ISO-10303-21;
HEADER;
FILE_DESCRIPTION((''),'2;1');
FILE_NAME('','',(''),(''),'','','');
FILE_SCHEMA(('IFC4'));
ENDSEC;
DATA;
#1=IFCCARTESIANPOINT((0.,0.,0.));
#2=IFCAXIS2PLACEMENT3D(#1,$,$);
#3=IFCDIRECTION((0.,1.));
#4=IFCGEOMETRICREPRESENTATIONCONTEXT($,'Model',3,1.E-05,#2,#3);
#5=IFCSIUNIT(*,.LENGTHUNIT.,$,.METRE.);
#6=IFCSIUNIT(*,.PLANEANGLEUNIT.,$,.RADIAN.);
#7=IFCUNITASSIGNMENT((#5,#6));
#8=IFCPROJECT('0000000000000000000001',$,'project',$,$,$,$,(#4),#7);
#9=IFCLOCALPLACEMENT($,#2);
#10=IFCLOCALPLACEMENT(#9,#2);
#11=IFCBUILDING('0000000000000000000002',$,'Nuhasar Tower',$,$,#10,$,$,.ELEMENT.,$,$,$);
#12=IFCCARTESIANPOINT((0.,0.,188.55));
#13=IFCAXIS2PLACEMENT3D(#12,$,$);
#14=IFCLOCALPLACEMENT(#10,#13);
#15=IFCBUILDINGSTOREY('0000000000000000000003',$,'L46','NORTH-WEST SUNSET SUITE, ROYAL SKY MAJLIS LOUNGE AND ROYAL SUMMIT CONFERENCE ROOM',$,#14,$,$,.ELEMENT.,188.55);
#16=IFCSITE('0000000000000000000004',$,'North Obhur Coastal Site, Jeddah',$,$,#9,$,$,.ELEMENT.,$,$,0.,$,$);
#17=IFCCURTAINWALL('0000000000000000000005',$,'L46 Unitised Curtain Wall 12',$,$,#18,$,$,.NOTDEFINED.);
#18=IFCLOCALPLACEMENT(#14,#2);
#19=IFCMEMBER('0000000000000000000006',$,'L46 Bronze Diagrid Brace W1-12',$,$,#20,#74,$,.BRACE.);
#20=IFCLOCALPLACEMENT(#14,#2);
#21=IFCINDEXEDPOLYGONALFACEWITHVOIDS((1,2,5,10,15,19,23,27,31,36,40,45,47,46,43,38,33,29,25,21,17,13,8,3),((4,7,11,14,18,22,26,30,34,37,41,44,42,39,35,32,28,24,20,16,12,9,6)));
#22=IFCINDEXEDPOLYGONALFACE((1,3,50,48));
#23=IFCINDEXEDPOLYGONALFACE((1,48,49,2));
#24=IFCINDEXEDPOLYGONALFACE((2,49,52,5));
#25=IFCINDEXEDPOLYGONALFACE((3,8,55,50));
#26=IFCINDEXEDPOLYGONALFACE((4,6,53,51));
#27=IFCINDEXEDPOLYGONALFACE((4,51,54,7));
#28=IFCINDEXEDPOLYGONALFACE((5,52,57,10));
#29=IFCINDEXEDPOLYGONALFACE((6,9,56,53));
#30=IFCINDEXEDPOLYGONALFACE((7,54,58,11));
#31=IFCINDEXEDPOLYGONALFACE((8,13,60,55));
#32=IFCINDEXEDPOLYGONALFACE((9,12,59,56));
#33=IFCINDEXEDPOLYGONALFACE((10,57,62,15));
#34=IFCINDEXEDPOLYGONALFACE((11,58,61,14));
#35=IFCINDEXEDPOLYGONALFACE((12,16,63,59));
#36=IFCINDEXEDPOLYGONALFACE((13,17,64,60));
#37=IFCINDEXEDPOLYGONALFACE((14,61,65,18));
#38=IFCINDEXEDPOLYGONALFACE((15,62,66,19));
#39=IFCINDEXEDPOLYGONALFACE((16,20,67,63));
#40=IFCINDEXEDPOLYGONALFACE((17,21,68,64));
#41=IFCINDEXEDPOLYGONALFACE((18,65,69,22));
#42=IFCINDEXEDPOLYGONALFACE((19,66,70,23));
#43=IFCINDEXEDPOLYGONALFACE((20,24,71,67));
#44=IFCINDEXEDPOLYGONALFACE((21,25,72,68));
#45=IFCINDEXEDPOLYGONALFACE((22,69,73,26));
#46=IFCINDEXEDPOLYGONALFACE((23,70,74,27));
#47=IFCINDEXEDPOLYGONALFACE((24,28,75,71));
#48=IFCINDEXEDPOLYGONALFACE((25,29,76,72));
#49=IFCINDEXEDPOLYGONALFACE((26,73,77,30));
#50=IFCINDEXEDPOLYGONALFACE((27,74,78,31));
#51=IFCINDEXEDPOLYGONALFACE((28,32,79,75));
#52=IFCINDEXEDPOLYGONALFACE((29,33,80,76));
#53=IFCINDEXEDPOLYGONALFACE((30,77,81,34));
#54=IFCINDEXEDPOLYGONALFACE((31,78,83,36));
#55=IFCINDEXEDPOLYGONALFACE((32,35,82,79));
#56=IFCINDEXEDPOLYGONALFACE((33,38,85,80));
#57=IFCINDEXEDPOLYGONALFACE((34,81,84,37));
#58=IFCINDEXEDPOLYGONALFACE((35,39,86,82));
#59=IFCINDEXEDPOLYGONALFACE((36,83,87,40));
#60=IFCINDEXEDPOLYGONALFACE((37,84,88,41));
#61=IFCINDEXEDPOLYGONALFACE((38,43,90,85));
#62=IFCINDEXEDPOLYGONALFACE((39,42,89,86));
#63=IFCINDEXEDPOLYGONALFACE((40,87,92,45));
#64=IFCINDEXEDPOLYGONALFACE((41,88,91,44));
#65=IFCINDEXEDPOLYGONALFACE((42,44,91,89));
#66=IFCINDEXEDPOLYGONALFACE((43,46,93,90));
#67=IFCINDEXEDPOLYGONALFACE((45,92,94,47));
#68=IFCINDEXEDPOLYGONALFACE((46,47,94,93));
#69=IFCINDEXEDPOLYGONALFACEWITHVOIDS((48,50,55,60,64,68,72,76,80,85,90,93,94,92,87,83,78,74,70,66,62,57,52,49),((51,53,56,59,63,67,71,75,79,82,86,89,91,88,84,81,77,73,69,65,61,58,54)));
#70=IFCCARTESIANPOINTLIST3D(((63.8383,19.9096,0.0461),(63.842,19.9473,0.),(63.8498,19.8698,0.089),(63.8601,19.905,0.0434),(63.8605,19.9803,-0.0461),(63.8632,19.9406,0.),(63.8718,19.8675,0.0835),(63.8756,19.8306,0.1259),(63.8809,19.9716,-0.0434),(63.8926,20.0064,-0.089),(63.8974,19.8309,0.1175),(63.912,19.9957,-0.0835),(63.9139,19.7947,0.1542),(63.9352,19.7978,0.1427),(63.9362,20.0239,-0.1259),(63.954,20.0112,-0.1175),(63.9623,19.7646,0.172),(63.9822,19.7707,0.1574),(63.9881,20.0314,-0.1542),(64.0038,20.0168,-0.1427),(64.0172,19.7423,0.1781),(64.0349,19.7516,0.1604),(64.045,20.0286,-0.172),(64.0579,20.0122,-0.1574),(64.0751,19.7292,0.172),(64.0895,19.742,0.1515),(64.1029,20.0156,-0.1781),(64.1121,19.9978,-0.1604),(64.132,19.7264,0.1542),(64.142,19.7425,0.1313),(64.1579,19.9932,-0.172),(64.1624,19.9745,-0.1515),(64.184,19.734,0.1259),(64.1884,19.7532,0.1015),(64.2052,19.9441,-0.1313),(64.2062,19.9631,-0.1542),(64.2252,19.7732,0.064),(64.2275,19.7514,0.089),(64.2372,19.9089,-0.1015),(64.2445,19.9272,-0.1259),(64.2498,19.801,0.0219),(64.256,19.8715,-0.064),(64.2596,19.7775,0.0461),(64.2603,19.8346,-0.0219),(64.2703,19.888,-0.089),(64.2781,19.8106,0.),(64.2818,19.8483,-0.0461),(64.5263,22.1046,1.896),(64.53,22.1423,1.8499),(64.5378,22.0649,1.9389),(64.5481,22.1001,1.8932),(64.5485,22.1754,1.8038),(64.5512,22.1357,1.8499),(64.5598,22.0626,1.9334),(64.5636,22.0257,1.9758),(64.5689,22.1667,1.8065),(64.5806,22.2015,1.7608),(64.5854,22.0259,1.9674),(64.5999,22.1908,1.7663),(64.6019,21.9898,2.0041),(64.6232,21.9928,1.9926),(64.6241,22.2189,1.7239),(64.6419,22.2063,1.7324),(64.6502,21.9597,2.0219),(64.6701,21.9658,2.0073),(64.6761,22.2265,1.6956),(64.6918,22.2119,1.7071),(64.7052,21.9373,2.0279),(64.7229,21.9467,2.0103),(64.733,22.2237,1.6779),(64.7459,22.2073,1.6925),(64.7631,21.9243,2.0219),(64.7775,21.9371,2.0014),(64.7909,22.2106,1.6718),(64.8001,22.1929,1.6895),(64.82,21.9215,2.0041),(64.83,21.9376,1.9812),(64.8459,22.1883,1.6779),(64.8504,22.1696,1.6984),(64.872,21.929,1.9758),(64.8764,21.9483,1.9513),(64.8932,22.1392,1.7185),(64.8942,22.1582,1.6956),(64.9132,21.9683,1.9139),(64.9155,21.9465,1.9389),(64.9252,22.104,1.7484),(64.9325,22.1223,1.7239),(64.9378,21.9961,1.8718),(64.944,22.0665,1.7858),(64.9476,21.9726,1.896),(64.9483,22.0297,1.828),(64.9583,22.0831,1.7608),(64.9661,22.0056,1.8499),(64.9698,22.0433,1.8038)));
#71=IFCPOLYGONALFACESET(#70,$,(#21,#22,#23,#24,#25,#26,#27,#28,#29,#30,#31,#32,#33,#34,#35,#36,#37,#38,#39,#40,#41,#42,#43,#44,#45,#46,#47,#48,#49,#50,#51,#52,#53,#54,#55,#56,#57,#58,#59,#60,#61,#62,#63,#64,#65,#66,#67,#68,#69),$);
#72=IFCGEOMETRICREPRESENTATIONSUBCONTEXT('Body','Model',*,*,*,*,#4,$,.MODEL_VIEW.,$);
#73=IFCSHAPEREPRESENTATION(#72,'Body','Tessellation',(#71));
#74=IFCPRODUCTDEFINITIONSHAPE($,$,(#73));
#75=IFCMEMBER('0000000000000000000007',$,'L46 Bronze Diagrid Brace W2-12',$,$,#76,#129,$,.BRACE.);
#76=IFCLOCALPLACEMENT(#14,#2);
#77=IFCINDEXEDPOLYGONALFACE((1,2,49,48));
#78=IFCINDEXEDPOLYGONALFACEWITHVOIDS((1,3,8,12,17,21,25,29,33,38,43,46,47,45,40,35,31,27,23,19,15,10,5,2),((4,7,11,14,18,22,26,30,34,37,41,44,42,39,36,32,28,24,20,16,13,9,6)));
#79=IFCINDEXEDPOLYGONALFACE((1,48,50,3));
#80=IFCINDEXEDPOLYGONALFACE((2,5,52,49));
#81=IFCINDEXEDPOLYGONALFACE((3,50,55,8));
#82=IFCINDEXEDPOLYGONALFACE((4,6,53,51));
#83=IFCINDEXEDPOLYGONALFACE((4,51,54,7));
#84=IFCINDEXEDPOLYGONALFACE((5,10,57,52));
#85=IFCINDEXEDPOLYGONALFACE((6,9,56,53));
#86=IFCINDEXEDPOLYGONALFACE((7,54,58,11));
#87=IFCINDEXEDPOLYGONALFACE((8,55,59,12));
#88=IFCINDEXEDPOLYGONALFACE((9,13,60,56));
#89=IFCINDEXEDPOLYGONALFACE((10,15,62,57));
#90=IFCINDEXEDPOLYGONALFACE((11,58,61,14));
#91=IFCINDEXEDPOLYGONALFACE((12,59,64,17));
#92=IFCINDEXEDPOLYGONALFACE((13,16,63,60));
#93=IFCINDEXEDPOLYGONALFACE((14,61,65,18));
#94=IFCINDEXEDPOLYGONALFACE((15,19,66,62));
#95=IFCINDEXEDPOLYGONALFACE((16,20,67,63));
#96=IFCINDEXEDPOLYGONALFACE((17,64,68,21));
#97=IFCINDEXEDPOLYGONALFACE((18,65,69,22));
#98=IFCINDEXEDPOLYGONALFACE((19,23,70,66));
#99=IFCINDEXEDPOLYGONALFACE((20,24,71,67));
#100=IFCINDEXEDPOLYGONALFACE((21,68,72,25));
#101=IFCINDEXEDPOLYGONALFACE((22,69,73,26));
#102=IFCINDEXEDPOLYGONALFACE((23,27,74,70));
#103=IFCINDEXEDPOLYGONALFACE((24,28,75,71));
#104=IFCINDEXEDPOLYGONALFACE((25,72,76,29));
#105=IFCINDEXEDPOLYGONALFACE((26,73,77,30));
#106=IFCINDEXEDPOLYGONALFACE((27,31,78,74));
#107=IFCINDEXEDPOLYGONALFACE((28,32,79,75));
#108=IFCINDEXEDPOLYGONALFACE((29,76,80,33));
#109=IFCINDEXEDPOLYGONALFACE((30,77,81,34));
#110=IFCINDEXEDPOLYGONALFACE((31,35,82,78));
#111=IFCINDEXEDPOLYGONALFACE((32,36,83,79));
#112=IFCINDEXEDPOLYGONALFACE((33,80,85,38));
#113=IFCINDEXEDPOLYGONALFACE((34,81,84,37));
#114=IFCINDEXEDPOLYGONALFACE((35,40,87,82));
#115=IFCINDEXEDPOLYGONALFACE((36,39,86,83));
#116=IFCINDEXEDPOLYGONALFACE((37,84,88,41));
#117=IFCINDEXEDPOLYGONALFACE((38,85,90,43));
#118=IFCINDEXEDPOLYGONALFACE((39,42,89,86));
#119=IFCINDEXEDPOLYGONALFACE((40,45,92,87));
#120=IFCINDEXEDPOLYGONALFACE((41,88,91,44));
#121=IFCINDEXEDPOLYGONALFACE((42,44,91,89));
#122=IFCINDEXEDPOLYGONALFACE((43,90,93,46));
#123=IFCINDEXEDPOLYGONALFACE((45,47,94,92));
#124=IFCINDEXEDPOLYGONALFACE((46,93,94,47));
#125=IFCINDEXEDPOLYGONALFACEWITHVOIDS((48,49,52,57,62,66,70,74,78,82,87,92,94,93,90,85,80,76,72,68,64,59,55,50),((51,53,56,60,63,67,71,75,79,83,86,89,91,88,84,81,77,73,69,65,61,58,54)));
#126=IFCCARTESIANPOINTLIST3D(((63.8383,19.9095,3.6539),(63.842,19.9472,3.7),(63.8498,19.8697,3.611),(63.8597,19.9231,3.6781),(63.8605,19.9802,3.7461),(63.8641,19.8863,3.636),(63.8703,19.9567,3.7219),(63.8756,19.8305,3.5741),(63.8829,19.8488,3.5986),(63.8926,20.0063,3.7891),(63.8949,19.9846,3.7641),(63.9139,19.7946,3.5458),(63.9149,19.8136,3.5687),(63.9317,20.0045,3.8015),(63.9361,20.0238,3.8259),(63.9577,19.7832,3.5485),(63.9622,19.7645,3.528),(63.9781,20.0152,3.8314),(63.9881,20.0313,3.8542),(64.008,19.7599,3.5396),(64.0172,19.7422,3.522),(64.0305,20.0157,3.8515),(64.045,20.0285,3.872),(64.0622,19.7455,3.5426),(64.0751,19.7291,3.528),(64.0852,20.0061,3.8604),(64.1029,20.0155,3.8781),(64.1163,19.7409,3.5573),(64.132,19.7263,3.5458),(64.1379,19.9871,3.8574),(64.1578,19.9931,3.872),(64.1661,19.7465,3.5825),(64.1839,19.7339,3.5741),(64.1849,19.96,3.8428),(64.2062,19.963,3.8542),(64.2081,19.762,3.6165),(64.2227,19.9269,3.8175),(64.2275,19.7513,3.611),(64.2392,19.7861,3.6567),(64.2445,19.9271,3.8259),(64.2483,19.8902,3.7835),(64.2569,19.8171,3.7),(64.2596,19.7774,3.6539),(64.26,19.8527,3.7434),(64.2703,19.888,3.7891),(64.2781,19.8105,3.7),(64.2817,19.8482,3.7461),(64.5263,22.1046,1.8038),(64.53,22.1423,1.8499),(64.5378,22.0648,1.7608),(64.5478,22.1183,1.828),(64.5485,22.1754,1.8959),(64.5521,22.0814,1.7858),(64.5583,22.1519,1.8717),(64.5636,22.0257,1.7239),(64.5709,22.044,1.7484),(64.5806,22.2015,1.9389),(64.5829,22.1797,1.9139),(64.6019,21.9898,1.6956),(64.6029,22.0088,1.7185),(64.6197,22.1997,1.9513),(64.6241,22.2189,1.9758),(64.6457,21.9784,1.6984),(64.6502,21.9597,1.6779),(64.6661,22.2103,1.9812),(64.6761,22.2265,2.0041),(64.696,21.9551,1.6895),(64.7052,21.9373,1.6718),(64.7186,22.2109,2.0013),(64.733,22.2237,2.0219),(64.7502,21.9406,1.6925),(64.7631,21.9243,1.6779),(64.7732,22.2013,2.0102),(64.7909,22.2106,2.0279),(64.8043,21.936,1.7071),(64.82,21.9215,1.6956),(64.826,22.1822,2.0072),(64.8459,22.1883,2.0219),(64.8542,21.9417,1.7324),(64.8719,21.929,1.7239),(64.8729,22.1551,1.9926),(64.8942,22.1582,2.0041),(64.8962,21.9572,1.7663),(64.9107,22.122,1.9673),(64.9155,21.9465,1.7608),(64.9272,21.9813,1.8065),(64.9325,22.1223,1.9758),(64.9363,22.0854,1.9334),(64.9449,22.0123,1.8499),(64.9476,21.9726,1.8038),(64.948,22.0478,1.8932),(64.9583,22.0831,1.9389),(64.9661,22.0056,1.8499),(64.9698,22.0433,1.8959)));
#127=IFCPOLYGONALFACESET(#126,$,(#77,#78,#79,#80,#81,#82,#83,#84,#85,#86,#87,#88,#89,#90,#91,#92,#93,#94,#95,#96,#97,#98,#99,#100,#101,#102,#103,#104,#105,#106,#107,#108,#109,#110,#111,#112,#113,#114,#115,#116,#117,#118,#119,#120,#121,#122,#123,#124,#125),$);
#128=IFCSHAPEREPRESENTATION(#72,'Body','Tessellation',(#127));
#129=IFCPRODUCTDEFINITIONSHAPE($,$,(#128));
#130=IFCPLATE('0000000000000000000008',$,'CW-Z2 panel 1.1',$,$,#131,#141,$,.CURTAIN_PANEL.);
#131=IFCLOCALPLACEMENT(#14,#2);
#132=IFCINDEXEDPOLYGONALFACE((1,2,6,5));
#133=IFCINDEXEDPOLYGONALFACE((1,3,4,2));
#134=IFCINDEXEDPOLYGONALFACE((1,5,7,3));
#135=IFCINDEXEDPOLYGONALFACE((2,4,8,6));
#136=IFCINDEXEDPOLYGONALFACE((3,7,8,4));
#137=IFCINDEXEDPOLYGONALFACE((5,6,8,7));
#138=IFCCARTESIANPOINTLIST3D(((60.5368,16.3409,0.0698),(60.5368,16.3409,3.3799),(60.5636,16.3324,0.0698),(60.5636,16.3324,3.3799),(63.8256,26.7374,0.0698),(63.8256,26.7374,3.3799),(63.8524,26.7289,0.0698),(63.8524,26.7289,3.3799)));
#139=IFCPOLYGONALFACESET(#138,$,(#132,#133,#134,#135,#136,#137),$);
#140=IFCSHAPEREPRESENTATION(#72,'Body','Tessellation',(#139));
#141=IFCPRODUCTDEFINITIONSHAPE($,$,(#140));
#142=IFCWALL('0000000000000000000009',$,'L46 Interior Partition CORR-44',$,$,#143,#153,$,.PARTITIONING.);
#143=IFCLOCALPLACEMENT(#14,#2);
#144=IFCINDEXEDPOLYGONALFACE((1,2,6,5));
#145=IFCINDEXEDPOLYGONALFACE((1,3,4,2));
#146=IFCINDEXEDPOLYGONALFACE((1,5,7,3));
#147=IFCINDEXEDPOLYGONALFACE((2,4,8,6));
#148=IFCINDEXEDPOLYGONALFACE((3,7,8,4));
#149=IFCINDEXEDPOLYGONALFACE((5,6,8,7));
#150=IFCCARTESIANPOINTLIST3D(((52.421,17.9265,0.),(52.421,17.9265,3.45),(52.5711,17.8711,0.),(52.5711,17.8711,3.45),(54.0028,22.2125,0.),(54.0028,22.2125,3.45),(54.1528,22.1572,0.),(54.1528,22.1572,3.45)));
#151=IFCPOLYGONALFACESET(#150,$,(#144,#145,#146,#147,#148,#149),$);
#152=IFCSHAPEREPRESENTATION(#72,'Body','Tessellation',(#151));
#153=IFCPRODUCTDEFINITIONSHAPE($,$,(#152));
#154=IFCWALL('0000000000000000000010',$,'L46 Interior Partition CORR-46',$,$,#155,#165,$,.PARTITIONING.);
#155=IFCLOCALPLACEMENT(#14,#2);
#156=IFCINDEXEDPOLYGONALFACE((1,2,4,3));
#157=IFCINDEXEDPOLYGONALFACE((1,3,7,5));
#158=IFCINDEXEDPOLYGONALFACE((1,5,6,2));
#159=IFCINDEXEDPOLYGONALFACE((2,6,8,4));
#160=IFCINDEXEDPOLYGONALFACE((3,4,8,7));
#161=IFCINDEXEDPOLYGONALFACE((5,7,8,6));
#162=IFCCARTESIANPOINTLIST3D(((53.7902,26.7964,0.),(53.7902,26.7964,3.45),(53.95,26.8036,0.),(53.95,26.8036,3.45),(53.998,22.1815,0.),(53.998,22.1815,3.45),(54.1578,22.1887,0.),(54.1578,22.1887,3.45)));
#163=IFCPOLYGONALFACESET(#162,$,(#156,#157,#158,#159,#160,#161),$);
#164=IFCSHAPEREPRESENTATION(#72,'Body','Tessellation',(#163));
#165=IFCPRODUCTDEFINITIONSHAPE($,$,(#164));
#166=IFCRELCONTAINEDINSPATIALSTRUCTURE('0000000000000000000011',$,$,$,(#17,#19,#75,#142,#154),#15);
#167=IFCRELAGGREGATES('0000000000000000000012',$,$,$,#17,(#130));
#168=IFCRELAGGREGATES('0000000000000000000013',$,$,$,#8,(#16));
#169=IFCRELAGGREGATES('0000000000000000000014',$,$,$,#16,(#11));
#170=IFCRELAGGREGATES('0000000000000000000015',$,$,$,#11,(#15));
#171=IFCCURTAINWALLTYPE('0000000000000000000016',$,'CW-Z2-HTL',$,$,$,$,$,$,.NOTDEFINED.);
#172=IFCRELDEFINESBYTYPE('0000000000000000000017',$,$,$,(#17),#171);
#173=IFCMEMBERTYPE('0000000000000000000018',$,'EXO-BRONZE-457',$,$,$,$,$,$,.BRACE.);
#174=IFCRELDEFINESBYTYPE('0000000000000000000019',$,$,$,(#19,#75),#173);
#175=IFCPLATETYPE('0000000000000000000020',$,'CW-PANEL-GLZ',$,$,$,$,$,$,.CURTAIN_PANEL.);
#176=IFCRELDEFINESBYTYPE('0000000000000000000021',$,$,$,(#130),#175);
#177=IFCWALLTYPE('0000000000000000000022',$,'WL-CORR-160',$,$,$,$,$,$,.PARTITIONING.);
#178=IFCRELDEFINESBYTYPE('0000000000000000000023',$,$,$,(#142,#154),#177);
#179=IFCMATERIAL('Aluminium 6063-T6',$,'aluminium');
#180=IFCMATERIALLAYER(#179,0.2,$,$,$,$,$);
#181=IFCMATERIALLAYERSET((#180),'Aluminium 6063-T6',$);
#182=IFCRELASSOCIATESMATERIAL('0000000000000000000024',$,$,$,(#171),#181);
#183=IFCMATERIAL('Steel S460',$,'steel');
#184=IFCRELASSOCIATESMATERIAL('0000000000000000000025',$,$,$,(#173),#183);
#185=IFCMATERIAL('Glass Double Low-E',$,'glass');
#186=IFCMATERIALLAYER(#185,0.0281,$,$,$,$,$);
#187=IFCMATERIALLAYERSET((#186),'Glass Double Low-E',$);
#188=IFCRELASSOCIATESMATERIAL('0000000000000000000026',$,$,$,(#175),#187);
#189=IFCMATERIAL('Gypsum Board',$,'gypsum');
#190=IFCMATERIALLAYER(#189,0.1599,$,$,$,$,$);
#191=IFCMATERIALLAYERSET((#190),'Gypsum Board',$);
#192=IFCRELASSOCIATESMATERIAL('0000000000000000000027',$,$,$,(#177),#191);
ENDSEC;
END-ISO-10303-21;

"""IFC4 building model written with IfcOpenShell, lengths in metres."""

from ifc_helpers import new_model, si_unit, direction, frame, frame_2d, origin, origin_2d, place, context, subcontext, project, spatial, rectangle, hollow_circle, extrude, material, layer, layer_set, material_profile, profile_set, type_object, element, aggregate, save


model = new_model("IFC4")

# Units and contexts
model_context = context("Model", 3, precision=1e-05, world=origin(), true_north=direction((0.0, 1.0)))
body_context = subcontext(model_context, "Body", "Model", "MODEL_VIEW")
ifc_project = project(units=[si_unit("LENGTHUNIT", "METRE"), si_unit("PLANEANGLEUNIT", "RADIAN")], contexts=[model_context])

# Site, building, storey
site_placement = place(None, origin())
site = spatial("IfcSite", under=ifc_project, at=site_placement, Name="North Obhur Coastal Site, Jeddah", CompositionType="ELEMENT", RefElevation=0.0)
building_placement = place(site_placement, origin())
building = spatial("IfcBuilding", under=site, at=building_placement, Name="Nuhasar Tower", CompositionType="ELEMENT")
storey_placement = place(building_placement, frame((0.0, 0.0, 188.55)))
storey = spatial("IfcBuildingStorey", under=building, at=storey_placement, Name="L46", Description="NORTH-WEST SUNSET SUITE, ROYAL SKY MAJLIS LOUNGE AND ROYAL SUMMIT CONFERENCE ROOM", CompositionType="ELEMENT", Elevation=188.55)

# Curtain wall
ifc_material_1 = material(Name="Aluminium 6063-T6", Category="aluminium")
ifc_layer_1 = layer(ifc_material_1, 0.2)
ifc_layer_set_1 = layer_set([ifc_layer_1], Name="Aluminium 6063-T6")
curtain_wall_type = type_object("IfcCurtainWallType", Name="CW-Z2-HTL", PredefinedType="NOTDEFINED", material=ifc_layer_set_1)
curtain_wall_placement = place(storey_placement, origin())
curtain_wall = element("IfcCurtainWall", 1, at=curtain_wall_placement, inside=storey, type_object=curtain_wall_type, Name="L46 Unitised Curtain Wall 12", PredefinedType="NOTDEFINED")

# Members
ifc_material_2 = material(Name="Steel S460", Category="steel")
ifc_material_profile_1 = material_profile(ifc_material_2, hollow_circle(Radius=0.2285, WallThickness=0.0222, at=origin_2d()), Name="HSS457X22.2")
ifc_profile_set_1 = profile_set([ifc_material_profile_1], Name="Steel S460")
member_type_1 = type_object("IfcMemberType", Name="EXO-BRONZE-457", PredefinedType="BRACE", material=ifc_profile_set_1)
member_1_placement = place(storey_placement, frame((64.0601, 19.8789, 0.0), z_axis=(0.233068, 0.743616, 0.626669), x_axis=(-0.954228, 0.299079, 0.0)))
element("IfcMember", 2, at=member_1_placement, inside=storey, type_object=member_type_1, Name="L46 Bronze Diagrid Brace W1-12", PredefinedType="BRACE", context=body_context, shape_type="SweptSolid", body=[
    extrude(hollow_circle(Radius=0.2285, WallThickness=0.0222, at=origin_2d()), origin(), (0.0, 0.0, 1.0), 2.9519),
])
member_2_placement = place(storey_placement, frame((64.748, 22.074, 1.8499), z_axis=(-0.233056, -0.743578, 0.626719), x_axis=(0.954228, -0.299079, 0.0)))
element("IfcMember", 3, at=member_2_placement, inside=storey, type_object=member_type_1, Name="L46 Bronze Diagrid Brace W2-12", PredefinedType="BRACE", context=body_context, shape_type="SweptSolid", body=[
    extrude(hollow_circle(Radius=0.2285, WallThickness=0.0222, at=origin_2d()), origin(), (0.0, 0.0, 1.0), 2.9521),
])

# Plate
ifc_material_3 = material(Name="Glass Double Low-E", Category="glass")
ifc_layer_2 = layer(ifc_material_3, 0.0281)
ifc_layer_set_2 = layer_set([ifc_layer_2], Name="Glass Double Low-E")
plate_type = type_object("IfcPlateType", Name="CW-PANEL-GLZ", PredefinedType="CURTAIN_PANEL", material=ifc_layer_set_2)
plate_placement = place(storey_placement, frame((62.1946, 21.5349, 0.0698), z_axis=(0.0, 0.0, 1.0), x_axis=(0.301604, 0.953433, 0.0)))
plate = element("IfcPlate", 4, at=plate_placement, type_object=plate_type, Name="CW-Z2 panel 1.1", PredefinedType="CURTAIN_PANEL", context=body_context, shape_type="SweptSolid", body=[
    extrude(rectangle(XDim=10.9043, YDim=0.0281, at=origin_2d()), origin(), (0.0, 0.0, 1.0), 3.3101),
])
aggregate(curtain_wall, [plate])

# Shared definitions
ifc_material_4 = material(Name="Gypsum Board", Category="gypsum")
ifc_layer_3 = layer(ifc_material_4, 0.1599)
ifc_layer_set_3 = layer_set([ifc_layer_3], Name="Gypsum Board")
wall_type_1 = type_object("IfcWallType", Name="WL-CORR-160", PredefinedType="PARTITIONING", material=ifc_layer_set_3)

# Walls
wall_1_placement = place(storey_placement, frame((52.4961, 17.8989, 0.0), z_axis=(0.0, 0.0, 1.0), x_axis=(0.346223, 0.938152, 0.0)))
element("IfcWall", 5, at=wall_1_placement, inside=storey, type_object=wall_type_1, Name="L46 Interior Partition CORR-44", PredefinedType="PARTITIONING", context=body_context, shape_type="SweptSolid", body=[
    extrude(rectangle(XDim=4.5686, YDim=0.1599, at=frame_2d((2.2842, 0.0))), origin(), (0.0, 0.0, 1.0), 3.45),
])
wall_2_placement = place(storey_placement, frame((54.0779, 22.1851, 0.0), z_axis=(0.0, 0.0, 1.0), x_axis=(-0.044974, 0.998988, 0.0)))
element("IfcWall", 6, at=wall_2_placement, inside=storey, type_object=wall_type_1, Name="L46 Interior Partition CORR-46", PredefinedType="PARTITIONING", context=body_context, shape_type="SweptSolid", body=[
    extrude(rectangle(XDim=4.6196, YDim=0.1599, at=frame_2d((2.3098, 0.0))), origin(), (0.0, 0.0, 1.0), 3.45),
])

save(model, "model.ifc")
